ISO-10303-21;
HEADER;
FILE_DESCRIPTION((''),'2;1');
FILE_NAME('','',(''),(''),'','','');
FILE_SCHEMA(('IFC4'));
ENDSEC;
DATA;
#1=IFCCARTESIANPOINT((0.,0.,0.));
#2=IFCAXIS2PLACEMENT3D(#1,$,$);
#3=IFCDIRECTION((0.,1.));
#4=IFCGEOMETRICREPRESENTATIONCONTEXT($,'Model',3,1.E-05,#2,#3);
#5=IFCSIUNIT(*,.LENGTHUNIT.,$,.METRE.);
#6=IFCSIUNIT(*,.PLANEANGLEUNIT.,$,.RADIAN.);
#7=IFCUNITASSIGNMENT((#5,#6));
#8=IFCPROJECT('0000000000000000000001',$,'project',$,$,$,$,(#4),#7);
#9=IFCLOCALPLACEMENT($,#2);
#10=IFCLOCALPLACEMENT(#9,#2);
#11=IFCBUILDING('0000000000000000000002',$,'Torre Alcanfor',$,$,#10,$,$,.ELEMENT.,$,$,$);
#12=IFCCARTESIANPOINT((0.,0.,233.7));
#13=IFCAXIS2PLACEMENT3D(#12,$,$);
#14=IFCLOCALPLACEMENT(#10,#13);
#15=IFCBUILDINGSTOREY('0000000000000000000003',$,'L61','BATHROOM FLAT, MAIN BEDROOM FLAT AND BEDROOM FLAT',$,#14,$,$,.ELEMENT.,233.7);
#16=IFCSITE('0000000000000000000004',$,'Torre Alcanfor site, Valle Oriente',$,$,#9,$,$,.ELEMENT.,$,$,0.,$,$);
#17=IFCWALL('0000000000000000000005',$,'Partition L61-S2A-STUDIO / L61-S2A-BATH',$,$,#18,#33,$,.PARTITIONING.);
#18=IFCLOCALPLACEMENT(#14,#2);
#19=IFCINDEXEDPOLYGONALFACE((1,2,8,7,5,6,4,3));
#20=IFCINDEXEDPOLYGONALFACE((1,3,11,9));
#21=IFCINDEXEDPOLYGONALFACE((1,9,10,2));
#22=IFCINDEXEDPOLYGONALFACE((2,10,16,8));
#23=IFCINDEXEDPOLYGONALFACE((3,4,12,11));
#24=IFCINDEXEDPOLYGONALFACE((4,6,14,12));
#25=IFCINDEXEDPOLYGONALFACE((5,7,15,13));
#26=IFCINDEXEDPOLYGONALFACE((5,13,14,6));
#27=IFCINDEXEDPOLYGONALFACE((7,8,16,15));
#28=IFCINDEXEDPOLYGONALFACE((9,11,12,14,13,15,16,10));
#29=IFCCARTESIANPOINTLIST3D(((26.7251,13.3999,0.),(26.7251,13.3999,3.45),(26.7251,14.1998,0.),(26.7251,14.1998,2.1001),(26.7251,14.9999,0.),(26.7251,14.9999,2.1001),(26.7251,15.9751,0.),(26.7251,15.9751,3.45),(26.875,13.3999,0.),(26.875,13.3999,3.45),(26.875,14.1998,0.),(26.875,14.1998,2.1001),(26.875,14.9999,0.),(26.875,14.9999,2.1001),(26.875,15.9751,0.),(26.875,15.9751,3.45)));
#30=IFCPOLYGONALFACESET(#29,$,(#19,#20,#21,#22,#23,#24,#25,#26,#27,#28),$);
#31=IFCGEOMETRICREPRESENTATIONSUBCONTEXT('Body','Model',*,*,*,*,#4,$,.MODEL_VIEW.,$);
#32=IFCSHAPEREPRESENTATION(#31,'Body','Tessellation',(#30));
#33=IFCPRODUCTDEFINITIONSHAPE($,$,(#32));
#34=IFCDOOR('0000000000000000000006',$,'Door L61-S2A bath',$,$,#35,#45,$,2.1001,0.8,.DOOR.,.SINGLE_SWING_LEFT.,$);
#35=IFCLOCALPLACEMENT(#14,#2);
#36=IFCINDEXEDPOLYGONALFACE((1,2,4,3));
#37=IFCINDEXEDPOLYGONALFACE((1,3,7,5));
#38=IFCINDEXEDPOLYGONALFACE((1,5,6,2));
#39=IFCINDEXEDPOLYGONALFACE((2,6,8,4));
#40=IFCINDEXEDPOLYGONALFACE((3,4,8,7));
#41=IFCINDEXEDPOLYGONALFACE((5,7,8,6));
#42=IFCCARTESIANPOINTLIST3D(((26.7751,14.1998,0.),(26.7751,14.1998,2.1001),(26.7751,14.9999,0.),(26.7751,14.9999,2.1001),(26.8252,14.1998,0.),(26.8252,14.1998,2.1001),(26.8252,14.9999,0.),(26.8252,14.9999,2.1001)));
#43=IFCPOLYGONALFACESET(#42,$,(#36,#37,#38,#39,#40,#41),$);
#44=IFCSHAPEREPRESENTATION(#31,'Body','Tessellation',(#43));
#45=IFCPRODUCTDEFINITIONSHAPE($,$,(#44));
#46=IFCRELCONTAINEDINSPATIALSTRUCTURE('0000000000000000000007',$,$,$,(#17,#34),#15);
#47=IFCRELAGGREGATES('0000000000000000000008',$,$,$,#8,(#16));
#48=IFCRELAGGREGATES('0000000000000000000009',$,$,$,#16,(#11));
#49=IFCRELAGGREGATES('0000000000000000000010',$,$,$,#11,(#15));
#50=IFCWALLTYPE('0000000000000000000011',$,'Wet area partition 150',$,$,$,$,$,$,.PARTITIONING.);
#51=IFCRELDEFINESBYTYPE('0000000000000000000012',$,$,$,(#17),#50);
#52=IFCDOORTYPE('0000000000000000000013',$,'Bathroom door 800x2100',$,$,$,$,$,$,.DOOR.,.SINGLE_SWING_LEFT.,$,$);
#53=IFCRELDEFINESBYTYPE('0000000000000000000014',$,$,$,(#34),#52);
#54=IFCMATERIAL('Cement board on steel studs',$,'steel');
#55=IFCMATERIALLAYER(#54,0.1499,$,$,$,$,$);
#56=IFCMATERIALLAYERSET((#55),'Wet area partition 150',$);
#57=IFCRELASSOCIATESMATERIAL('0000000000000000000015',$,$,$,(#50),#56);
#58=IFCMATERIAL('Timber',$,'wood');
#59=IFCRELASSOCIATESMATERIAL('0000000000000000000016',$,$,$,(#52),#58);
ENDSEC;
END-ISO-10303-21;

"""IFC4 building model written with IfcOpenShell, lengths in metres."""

from ifc_helpers import new_model, si_unit, direction, frame, frame_2d, origin, place, context, subcontext, project, spatial, rectangle, extrude, material, layer, layer_set, type_object, element, fill, save


model = new_model("IFC4")

# Units and contexts
model_context = context("Model", 3, precision=1e-05, world=origin(), true_north=direction((0.0, 1.0)))
body_context = subcontext(model_context, "Body", "Model", "MODEL_VIEW")
ifc_project = project(units=[si_unit("LENGTHUNIT", "METRE"), si_unit("PLANEANGLEUNIT", "RADIAN")], contexts=[model_context])

# Site, building, storey
site_placement = place(None, origin())
site = spatial("IfcSite", under=ifc_project, at=site_placement, Name="Torre Alcanfor site, Valle Oriente", CompositionType="ELEMENT", RefElevation=0.0)
building_placement = place(site_placement, origin())
building = spatial("IfcBuilding", under=site, at=building_placement, Name="Torre Alcanfor", CompositionType="ELEMENT")
storey_placement = place(building_placement, frame((0.0, 0.0, 233.7)))
storey = spatial("IfcBuildingStorey", under=building, at=storey_placement, Name="L61", Description="BATHROOM FLAT, MAIN BEDROOM FLAT AND BEDROOM FLAT", CompositionType="ELEMENT", Elevation=233.7)

# Shared definitions
ifc_material_1 = material(Name="Cement board on steel studs", Category="steel")
ifc_layer_1 = layer(ifc_material_1, 0.1499)
ifc_layer_set_1 = layer_set([ifc_layer_1], Name="Wet area partition 150")
wall_type_1 = type_object("IfcWallType", Name="Wet area partition 150", PredefinedType="PARTITIONING", material=ifc_layer_set_1)

# Wall, opening, door
wall_1_placement = place(storey_placement, frame((26.8, 13.3999, 0.0), z_axis=(0.0, 0.0, 1.0), x_axis=(0.0, 1.0, 0.0)))
wall_1 = element("IfcWall", 1, at=wall_1_placement, inside=storey, type_object=wall_type_1, Name="Partition L61-S2A-STUDIO / L61-S2A-BATH", PredefinedType="PARTITIONING", context=body_context, shape_type="SweptSolid", body=[
    extrude(rectangle(XDim=2.5752, YDim=0.1499, at=frame_2d((1.2876, 0.0))), origin(), (0.0, 0.0, 1.0), 3.45),
])
opening_1_placement = place(wall_1_placement, frame((0.8, 0.0, 0.0)))
opening_1 = element("IfcOpeningElement", 2, at=opening_1_placement, cuts=wall_1, PredefinedType="OPENING", context=body_context, shape_type="SweptSolid", body=[
    extrude(rectangle(XDim=0.8, YDim=2.1001, at=frame_2d((0.3999, 1.05))), frame((0.0, 0.085, 0.0), z_axis=(0.0, -1.0, 0.0), x_axis=(1.0, 0.0, 0.0)), (0.0, 0.0, 1.0), 0.1699),
])
ifc_material_2 = material(Name="Timber", Category="wood")
door_type_1 = type_object("IfcDoorType", Name="Bathroom door 800x2100", OperationType="SINGLE_SWING_LEFT", PredefinedType="DOOR", material=ifc_material_2)
door_1_placement = place(opening_1_placement, origin())
door_1 = element("IfcDoor", 3, at=door_1_placement, inside=storey, type_object=door_type_1, Name="Door L61-S2A bath", OperationType="SINGLE_SWING_LEFT", OverallHeight=2.1001, OverallWidth=0.8, PredefinedType="DOOR", context=body_context, shape_type="SweptSolid", body=[
    extrude(rectangle(XDim=0.8, YDim=2.1001, at=frame_2d((0.3999, 1.05))), frame((0.0, 0.0249, 0.0), z_axis=(0.0, -1.0, 0.0), x_axis=(1.0, 0.0, 0.0)), (0.0, 0.0, 1.0), 0.05),
])
fill(opening_1, door_1)

save(model, "model.ifc")
